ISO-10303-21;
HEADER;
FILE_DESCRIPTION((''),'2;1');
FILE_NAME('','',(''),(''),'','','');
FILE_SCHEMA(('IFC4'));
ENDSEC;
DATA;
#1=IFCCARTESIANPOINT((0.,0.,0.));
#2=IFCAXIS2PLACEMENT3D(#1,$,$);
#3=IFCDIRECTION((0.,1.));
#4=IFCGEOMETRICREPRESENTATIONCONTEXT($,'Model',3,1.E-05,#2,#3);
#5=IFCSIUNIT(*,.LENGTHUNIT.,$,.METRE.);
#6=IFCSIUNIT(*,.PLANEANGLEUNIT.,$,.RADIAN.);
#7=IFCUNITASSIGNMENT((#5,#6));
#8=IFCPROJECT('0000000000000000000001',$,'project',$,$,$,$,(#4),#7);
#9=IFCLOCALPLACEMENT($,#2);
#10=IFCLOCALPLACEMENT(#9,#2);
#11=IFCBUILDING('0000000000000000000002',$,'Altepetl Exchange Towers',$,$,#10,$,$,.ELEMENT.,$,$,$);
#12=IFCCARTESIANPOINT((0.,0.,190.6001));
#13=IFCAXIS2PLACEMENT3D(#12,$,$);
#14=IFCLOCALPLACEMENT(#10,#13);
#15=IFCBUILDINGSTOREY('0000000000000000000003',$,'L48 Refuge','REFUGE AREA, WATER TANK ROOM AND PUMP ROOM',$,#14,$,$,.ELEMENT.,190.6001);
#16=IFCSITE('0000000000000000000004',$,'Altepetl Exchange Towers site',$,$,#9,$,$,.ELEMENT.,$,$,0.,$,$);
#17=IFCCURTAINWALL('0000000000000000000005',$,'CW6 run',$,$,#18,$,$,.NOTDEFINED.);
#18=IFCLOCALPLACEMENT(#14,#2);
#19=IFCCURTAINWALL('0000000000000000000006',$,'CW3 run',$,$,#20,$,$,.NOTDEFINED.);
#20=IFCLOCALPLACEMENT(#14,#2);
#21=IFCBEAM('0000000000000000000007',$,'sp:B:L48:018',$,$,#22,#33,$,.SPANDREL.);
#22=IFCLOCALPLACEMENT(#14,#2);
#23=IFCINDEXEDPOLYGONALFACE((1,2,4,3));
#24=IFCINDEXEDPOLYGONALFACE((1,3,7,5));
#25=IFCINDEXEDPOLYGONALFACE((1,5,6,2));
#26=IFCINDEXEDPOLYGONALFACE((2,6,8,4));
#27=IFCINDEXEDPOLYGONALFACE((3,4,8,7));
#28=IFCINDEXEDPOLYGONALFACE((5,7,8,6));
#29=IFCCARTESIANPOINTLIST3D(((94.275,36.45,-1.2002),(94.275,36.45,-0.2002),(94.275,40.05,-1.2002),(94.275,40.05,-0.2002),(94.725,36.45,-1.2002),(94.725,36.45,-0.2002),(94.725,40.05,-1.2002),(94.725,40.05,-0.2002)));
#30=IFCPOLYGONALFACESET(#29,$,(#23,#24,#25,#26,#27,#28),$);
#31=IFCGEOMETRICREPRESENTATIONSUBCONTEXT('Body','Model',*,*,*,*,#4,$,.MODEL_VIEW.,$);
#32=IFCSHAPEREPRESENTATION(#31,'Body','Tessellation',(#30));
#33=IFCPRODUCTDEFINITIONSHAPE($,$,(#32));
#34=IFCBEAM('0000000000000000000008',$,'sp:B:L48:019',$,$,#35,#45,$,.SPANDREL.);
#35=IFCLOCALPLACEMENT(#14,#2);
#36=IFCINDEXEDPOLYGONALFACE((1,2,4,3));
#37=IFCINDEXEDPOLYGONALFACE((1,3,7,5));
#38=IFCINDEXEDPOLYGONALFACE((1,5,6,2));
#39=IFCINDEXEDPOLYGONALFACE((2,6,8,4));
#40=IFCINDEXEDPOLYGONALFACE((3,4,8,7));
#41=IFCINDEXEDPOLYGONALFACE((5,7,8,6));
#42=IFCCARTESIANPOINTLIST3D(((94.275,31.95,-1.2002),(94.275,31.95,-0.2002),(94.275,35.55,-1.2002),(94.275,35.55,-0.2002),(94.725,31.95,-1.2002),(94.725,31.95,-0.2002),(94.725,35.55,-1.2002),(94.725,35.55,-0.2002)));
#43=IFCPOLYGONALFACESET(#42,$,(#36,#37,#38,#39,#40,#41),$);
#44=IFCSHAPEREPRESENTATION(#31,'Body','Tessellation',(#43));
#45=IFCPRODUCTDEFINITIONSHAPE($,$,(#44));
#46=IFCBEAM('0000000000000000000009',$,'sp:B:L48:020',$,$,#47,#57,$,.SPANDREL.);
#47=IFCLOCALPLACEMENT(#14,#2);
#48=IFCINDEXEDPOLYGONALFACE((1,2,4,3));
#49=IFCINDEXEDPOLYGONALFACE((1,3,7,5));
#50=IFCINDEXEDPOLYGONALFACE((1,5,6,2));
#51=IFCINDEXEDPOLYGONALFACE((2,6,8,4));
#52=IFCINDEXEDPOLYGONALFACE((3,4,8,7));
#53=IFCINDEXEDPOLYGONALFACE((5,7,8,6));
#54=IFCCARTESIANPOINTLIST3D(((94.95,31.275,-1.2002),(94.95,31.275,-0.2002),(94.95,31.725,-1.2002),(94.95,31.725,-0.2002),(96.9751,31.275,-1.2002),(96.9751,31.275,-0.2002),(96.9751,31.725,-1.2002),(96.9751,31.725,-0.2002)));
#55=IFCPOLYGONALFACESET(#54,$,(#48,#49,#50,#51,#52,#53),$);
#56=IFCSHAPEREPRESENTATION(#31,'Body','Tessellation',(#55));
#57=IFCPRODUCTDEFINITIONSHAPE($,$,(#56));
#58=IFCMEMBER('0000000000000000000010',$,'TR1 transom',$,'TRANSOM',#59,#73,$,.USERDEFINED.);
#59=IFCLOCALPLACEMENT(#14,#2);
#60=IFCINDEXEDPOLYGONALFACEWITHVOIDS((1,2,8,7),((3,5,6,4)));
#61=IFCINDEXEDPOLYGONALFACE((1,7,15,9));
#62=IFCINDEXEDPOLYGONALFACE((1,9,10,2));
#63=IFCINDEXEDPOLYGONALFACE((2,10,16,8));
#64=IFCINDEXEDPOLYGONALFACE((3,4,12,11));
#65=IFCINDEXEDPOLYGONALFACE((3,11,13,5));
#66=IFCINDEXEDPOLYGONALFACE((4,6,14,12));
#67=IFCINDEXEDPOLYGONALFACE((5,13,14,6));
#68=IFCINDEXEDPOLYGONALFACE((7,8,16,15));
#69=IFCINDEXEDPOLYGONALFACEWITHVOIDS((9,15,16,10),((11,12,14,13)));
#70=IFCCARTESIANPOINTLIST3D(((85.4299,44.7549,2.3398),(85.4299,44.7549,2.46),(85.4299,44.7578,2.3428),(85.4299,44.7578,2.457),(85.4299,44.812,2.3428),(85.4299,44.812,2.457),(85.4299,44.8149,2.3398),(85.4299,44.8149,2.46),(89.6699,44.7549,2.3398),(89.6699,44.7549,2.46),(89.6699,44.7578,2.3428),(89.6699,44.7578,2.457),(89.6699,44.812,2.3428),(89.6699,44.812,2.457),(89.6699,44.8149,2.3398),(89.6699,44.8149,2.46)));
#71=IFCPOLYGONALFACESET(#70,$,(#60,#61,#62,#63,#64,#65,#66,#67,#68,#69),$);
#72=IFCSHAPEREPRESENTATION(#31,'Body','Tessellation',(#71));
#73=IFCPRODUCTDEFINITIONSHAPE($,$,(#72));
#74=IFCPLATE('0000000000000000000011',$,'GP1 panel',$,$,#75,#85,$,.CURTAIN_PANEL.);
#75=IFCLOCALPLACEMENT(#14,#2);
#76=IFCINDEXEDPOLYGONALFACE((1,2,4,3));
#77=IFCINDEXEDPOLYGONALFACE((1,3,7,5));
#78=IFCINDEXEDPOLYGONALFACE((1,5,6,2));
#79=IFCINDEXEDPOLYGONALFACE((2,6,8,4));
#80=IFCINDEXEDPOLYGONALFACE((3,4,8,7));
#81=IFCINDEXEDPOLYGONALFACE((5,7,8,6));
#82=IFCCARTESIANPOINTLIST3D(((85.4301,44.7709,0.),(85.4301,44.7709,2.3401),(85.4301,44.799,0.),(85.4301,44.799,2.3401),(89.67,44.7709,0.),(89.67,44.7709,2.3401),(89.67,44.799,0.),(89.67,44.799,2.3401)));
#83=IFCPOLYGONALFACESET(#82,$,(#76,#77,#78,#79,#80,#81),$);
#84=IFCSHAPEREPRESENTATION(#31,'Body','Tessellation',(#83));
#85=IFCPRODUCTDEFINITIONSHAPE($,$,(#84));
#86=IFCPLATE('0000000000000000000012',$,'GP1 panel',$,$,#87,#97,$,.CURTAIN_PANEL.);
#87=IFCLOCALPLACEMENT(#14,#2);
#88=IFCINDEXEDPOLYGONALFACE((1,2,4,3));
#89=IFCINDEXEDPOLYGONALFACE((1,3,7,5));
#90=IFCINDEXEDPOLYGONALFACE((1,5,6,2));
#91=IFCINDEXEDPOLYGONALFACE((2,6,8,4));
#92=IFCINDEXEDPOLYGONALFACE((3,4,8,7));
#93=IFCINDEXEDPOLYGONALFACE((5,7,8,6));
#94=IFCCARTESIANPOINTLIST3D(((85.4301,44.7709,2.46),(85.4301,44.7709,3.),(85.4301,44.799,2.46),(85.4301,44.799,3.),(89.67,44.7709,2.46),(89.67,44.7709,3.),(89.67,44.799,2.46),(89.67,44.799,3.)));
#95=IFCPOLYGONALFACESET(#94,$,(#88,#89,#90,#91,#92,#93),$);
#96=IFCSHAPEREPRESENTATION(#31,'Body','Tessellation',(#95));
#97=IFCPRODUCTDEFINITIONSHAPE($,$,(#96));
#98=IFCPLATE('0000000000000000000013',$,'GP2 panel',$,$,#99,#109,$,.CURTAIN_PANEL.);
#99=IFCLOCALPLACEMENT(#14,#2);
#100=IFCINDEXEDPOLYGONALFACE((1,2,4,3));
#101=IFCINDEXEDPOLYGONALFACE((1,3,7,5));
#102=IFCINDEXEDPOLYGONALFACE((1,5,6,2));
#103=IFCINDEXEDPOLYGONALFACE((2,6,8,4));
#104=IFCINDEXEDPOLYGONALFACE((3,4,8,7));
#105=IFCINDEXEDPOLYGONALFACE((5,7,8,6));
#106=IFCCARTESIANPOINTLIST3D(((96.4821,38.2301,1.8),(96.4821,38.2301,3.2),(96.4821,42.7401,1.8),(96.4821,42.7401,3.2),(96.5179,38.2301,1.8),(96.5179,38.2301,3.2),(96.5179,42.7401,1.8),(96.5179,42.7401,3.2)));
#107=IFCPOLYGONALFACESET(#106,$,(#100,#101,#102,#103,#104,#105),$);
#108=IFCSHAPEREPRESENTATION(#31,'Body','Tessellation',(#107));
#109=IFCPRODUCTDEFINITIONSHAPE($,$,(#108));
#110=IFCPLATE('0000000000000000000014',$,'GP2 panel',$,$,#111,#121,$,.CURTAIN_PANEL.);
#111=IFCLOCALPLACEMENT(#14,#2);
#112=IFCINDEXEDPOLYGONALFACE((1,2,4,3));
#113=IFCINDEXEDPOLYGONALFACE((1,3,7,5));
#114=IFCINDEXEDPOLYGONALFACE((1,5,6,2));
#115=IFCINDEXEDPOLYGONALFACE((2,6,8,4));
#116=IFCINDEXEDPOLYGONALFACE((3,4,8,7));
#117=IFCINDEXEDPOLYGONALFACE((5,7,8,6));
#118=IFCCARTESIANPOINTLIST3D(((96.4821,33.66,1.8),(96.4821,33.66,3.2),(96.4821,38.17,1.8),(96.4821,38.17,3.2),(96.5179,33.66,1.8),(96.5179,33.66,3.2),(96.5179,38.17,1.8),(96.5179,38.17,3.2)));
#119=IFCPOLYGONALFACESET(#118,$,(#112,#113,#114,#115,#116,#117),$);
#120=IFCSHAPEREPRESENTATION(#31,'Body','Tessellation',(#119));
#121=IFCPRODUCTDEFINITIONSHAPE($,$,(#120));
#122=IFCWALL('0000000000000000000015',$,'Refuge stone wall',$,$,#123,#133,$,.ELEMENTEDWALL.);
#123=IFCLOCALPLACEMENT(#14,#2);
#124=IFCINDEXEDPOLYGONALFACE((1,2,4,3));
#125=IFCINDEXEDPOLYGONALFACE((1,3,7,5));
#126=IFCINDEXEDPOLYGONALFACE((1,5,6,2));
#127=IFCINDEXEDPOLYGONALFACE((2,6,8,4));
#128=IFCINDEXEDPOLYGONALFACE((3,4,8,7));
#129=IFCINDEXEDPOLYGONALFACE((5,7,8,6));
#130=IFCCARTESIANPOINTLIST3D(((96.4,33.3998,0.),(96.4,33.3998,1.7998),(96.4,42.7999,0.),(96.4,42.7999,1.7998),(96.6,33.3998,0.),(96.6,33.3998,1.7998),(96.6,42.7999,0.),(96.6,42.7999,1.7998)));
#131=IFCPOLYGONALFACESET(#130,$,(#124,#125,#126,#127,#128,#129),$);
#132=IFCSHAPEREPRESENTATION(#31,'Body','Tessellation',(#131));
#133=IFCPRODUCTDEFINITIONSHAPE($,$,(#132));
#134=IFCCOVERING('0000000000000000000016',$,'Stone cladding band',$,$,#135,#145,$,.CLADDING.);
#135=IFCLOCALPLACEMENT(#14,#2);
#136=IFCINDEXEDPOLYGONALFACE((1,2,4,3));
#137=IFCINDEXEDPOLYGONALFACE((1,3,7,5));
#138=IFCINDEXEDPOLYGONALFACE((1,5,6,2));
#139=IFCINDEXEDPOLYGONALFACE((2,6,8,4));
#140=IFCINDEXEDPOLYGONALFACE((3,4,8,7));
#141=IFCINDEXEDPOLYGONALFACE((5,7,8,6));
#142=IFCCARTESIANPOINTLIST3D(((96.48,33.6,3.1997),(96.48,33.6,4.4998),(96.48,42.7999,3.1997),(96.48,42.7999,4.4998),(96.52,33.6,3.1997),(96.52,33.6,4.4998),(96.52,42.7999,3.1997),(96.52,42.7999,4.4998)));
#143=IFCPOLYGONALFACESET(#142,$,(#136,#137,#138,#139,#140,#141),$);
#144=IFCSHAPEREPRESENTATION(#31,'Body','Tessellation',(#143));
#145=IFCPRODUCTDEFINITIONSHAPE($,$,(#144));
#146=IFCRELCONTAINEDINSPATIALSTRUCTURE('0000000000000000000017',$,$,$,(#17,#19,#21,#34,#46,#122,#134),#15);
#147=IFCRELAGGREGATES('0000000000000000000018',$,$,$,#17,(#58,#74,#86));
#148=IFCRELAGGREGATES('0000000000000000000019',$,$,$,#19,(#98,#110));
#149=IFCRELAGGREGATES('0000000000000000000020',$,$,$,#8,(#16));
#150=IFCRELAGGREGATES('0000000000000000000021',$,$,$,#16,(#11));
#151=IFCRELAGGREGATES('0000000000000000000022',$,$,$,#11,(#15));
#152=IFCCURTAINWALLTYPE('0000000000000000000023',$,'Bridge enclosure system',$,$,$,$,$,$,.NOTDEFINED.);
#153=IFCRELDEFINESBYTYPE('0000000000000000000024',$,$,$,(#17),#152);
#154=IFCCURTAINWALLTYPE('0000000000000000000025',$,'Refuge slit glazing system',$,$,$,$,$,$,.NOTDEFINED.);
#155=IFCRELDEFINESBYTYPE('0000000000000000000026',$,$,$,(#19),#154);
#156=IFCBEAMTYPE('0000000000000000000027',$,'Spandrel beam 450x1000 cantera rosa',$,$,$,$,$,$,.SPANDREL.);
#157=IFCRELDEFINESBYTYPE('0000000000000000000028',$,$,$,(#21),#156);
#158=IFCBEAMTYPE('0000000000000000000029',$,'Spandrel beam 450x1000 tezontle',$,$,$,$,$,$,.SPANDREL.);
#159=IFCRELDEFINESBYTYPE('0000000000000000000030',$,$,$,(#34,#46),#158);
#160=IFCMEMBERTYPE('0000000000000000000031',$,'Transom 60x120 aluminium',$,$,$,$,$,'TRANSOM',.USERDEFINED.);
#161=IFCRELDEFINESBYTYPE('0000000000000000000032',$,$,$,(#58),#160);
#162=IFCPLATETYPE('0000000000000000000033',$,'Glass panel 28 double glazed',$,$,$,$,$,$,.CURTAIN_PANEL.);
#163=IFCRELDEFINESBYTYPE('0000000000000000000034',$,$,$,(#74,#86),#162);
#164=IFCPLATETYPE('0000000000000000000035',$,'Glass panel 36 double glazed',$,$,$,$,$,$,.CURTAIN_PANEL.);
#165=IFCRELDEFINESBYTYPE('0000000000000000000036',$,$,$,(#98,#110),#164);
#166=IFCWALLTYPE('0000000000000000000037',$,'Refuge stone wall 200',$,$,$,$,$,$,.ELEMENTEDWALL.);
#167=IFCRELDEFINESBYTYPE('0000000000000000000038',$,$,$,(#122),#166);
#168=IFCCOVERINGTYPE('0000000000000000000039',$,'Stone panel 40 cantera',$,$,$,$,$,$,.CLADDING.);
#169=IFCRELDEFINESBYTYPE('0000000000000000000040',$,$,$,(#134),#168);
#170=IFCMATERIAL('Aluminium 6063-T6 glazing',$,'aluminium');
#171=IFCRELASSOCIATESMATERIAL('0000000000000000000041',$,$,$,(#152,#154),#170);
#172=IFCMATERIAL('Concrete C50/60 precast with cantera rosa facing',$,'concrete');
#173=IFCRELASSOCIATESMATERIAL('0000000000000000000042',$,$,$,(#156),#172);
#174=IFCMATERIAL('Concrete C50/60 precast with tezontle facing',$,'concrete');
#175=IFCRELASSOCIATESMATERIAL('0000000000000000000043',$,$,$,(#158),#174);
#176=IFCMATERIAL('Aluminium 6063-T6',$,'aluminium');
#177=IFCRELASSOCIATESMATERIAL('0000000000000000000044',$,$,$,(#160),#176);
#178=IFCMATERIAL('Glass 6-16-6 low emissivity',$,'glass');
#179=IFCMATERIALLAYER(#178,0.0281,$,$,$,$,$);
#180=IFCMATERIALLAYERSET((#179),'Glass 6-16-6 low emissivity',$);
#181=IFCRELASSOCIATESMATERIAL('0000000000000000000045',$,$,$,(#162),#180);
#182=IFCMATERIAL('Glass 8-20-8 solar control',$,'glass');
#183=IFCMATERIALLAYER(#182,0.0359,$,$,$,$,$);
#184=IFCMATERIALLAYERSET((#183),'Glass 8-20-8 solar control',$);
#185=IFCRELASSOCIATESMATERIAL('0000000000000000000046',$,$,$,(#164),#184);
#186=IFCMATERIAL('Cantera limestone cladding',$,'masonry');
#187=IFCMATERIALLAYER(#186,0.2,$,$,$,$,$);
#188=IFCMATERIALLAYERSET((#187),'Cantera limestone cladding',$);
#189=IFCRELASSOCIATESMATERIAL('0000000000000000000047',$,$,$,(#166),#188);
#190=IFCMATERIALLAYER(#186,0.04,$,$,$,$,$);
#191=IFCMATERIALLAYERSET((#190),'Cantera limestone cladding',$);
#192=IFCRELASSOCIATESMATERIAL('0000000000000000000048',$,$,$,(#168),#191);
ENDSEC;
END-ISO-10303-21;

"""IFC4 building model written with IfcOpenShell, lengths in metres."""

from ifc_helpers import new_model, si_unit, direction, frame, frame_2d, origin, origin_2d, place, context, subcontext, project, spatial, rectangle, hollow_rectangle, extrude, material, layer, layer_set, material_profile, profile_set, type_object, element, aggregate, save


model = new_model("IFC4")

# Units and contexts
model_context = context("Model", 3, precision=1e-05, world=origin(), true_north=direction((0.0, 1.0)))
body_context = subcontext(model_context, "Body", "Model", "MODEL_VIEW")
ifc_project = project(units=[si_unit("LENGTHUNIT", "METRE"), si_unit("PLANEANGLEUNIT", "RADIAN")], contexts=[model_context])

# Site, building, storey
site_placement = place(None, origin())
site = spatial("IfcSite", under=ifc_project, at=site_placement, Name="Altepetl Exchange Towers site", CompositionType="ELEMENT", RefElevation=0.0)
building_placement = place(site_placement, origin())
building = spatial("IfcBuilding", under=site, at=building_placement, Name="Altepetl Exchange Towers", CompositionType="ELEMENT")
storey_placement = place(building_placement, frame((0.0, 0.0, 190.6001)))
storey = spatial("IfcBuildingStorey", under=building, at=storey_placement, Name="L48 Refuge", Description="REFUGE AREA, WATER TANK ROOM AND PUMP ROOM", CompositionType="ELEMENT", Elevation=190.6001)

# Curtain wall
ifc_material_1 = material(Name="Aluminium 6063-T6 glazing", Category="aluminium")
curtain_wall_type_1 = type_object("IfcCurtainWallType", Name="Bridge enclosure system", PredefinedType="NOTDEFINED", material=ifc_material_1)
curtain_wall_1_placement = place(storey_placement, origin())
curtain_wall_1 = element("IfcCurtainWall", 1, at=curtain_wall_1_placement, inside=storey, type_object=curtain_wall_type_1, Name="CW6 run", PredefinedType="NOTDEFINED")
ifc_material_2 = material(Name="Aluminium 6063-T6", Category="aluminium")

# Curtain wall
curtain_wall_type_2 = type_object("IfcCurtainWallType", Name="Refuge slit glazing system", PredefinedType="NOTDEFINED", material=ifc_material_1)
curtain_wall_2_placement = place(storey_placement, origin())
curtain_wall_2 = element("IfcCurtainWall", 2, at=curtain_wall_2_placement, inside=storey, type_object=curtain_wall_type_2, Name="CW3 run", PredefinedType="NOTDEFINED")

# Beams
ifc_material_3 = material(Name="Concrete C50/60 precast with cantera rosa facing", Category="concrete")
ifc_material_profile_1 = material_profile(ifc_material_3, rectangle(XDim=0.45, YDim=1.0, at=origin_2d()), Name="450 x 1000")
ifc_profile_set_1 = profile_set([ifc_material_profile_1], Name="Concrete C50/60 precast with cantera rosa facing")
beam_type_1 = type_object("IfcBeamType", Name="Spandrel beam 450x1000 cantera rosa", PredefinedType="SPANDREL", material=ifc_profile_set_1)
for number, where, z_axis, x_axis, name in (
    (3, (94.5, 40.05, -0.7002), (0.0, -1.0, 0.0), (1.0, 0.0, 0.0), "sp:B:L48:018"),
):
    element("IfcBeam", number, at=place(storey_placement, frame(where, z_axis=z_axis, x_axis=x_axis)), inside=storey, type_object=beam_type_1, Name=name, PredefinedType="SPANDREL", context=body_context, shape_type="SweptSolid", body=[
        extrude(rectangle(XDim=0.45, YDim=1.0, at=origin_2d()), origin(), (0.0, 0.0, 1.0), 3.6001),
    ])
ifc_material_4 = material(Name="Concrete C50/60 precast with tezontle facing", Category="concrete")
ifc_material_profile_2 = material_profile(ifc_material_4, rectangle(XDim=0.45, YDim=1.0, at=origin_2d()), Name="450 x 1000")
ifc_profile_set_2 = profile_set([ifc_material_profile_2], Name="Concrete C50/60 precast with tezontle facing")
beam_type_2 = type_object("IfcBeamType", Name="Spandrel beam 450x1000 tezontle", PredefinedType="SPANDREL", material=ifc_profile_set_2)
beam_1_placement = place(storey_placement, frame((94.5, 35.55, -0.7002), z_axis=(0.0, -1.0, 0.0), x_axis=(1.0, 0.0, 0.0)))
element("IfcBeam", 4, at=beam_1_placement, inside=storey, type_object=beam_type_2, Name="sp:B:L48:019", PredefinedType="SPANDREL", context=body_context, shape_type="SweptSolid", body=[
    extrude(rectangle(XDim=0.45, YDim=1.0, at=origin_2d()), origin(), (0.0, 0.0, 1.0), 3.6001),
])
beam_2_placement = place(storey_placement, frame((94.95, 31.5, -0.7002), z_axis=(1.0, 0.0, 0.0), x_axis=(0.0, 1.0, 0.0)))
element("IfcBeam", 5, at=beam_2_placement, inside=storey, type_object=beam_type_2, Name="sp:B:L48:020", PredefinedType="SPANDREL", context=body_context, shape_type="SweptSolid", body=[
    extrude(rectangle(XDim=0.45, YDim=1.0, at=origin_2d()), origin(), (0.0, 0.0, 1.0), 2.0251),
])

# Member
ifc_material_profile_3 = material_profile(ifc_material_2, hollow_rectangle(XDim=0.0601, YDim=0.1201, WallThickness=0.0029, at=origin_2d()), Name="Transom 60x120 aluminium")
ifc_profile_set_3 = profile_set([ifc_material_profile_3], Name="Aluminium 6063-T6")
member_type_1 = type_object("IfcMemberType", Name="Transom 60x120 aluminium", ElementType="TRANSOM", PredefinedType="USERDEFINED", material=ifc_profile_set_3)
member_1_placement = place(storey_placement, frame((85.4299, 44.7849, 2.3999), z_axis=(1.0, 0.0, 0.0), x_axis=(0.0, 1.0, 0.0)))
member_1 = element("IfcMember", 6, at=member_1_placement, type_object=member_type_1, Name="TR1 transom", ObjectType="TRANSOM", PredefinedType="USERDEFINED", context=body_context, shape_type="SweptSolid", body=[
    extrude(hollow_rectangle(XDim=0.0601, YDim=0.1201, WallThickness=0.0029, at=origin_2d()), origin(), (0.0, 0.0, 1.0), 4.24),
])

# Plates
ifc_material_5 = material(Name="Glass 6-16-6 low emissivity", Category="glass")
ifc_layer_1 = layer(ifc_material_5, 0.0281)
ifc_layer_set_1 = layer_set([ifc_layer_1], Name="Glass 6-16-6 low emissivity")
plate_type_1 = type_object("IfcPlateType", Name="Glass panel 28 double glazed", PredefinedType="CURTAIN_PANEL", material=ifc_layer_set_1)
plate_1_placement = place(storey_placement, frame((87.55, 44.7849, 0.0)))
plate_1 = element("IfcPlate", 7, at=plate_1_placement, type_object=plate_type_1, Name="GP1 panel", PredefinedType="CURTAIN_PANEL", context=body_context, shape_type="SweptSolid", body=[
    extrude(rectangle(XDim=4.24, YDim=0.0281, at=origin_2d()), origin(), (0.0, 0.0, 1.0), 2.3401),
])
plate_2_placement = place(storey_placement, frame((87.55, 44.7849, 2.46)))
plate_2 = element("IfcPlate", 8, at=plate_2_placement, type_object=plate_type_1, Name="GP1 panel", PredefinedType="CURTAIN_PANEL", context=body_context, shape_type="SweptSolid", body=[
    extrude(rectangle(XDim=4.24, YDim=0.0281, at=origin_2d()), origin(), (0.0, 0.0, 1.0), 0.54),
])
aggregate(curtain_wall_1, [member_1, plate_1, plate_2])
ifc_material_6 = material(Name="Glass 8-20-8 solar control", Category="glass")
ifc_layer_2 = layer(ifc_material_6, 0.0359)
ifc_layer_set_2 = layer_set([ifc_layer_2], Name="Glass 8-20-8 solar control")
plate_type_2 = type_object("IfcPlateType", Name="Glass panel 36 double glazed", PredefinedType="CURTAIN_PANEL", material=ifc_layer_set_2)
plate_3_placement = place(storey_placement, frame((96.5, 40.4851, 1.8), z_axis=(0.0, 0.0, 1.0), x_axis=(0.0, -1.0, 0.0)))
plate_3 = element("IfcPlate", 9, at=plate_3_placement, type_object=plate_type_2, Name="GP2 panel", PredefinedType="CURTAIN_PANEL", context=body_context, shape_type="SweptSolid", body=[
    extrude(rectangle(XDim=4.51, YDim=0.0359, at=origin_2d()), origin(), (0.0, 0.0, 1.0), 1.3999),
])
plate_4_placement = place(storey_placement, frame((96.5, 35.915, 1.8), z_axis=(0.0, 0.0, 1.0), x_axis=(0.0, -1.0, 0.0)))
plate_4 = element("IfcPlate", 10, at=plate_4_placement, type_object=plate_type_2, Name="GP2 panel", PredefinedType="CURTAIN_PANEL", context=body_context, shape_type="SweptSolid", body=[
    extrude(rectangle(XDim=4.51, YDim=0.0359, at=origin_2d()), origin(), (0.0, 0.0, 1.0), 1.3999),
])
aggregate(curtain_wall_2, [plate_3, plate_4])

# Wall
ifc_material_7 = material(Name="Cantera limestone cladding", Category="masonry")
ifc_layer_3 = layer(ifc_material_7, 0.2)
ifc_layer_set_3 = layer_set([ifc_layer_3], Name="Cantera limestone cladding")
wall_type = type_object("IfcWallType", Name="Refuge stone wall 200", PredefinedType="ELEMENTEDWALL", material=ifc_layer_set_3)
wall_placement = place(storey_placement, frame((96.5, 42.8, 0.0), z_axis=(0.0, 0.0, 1.0), x_axis=(0.0, -1.0, 0.0)))
element("IfcWall", 11, at=wall_placement, inside=storey, type_object=wall_type, Name="Refuge stone wall", PredefinedType="ELEMENTEDWALL", context=body_context, shape_type="SweptSolid", body=[
    extrude(rectangle(XDim=9.4001, YDim=0.2, at=frame_2d((4.7002, 0.0))), origin(), (0.0, 0.0, 1.0), 1.7998),
])

# Covering
ifc_layer_4 = layer(ifc_material_7, 0.04)
ifc_layer_set_4 = layer_set([ifc_layer_4], Name="Cantera limestone cladding")
covering_type = type_object("IfcCoveringType", Name="Stone panel 40 cantera", PredefinedType="CLADDING", material=ifc_layer_set_4)
covering_placement = place(storey_placement, frame((96.5, 38.2, 3.1997), z_axis=(0.0, 0.0, 1.0), x_axis=(0.0, -1.0, 0.0)))
element("IfcCovering", 12, at=covering_placement, inside=storey, type_object=covering_type, Name="Stone cladding band", PredefinedType="CLADDING", context=body_context, shape_type="SweptSolid", body=[
    extrude(rectangle(XDim=9.2, YDim=0.04, at=origin_2d()), origin(), (0.0, 0.0, 1.0), 1.3),
])

save(model, "model.ifc")
